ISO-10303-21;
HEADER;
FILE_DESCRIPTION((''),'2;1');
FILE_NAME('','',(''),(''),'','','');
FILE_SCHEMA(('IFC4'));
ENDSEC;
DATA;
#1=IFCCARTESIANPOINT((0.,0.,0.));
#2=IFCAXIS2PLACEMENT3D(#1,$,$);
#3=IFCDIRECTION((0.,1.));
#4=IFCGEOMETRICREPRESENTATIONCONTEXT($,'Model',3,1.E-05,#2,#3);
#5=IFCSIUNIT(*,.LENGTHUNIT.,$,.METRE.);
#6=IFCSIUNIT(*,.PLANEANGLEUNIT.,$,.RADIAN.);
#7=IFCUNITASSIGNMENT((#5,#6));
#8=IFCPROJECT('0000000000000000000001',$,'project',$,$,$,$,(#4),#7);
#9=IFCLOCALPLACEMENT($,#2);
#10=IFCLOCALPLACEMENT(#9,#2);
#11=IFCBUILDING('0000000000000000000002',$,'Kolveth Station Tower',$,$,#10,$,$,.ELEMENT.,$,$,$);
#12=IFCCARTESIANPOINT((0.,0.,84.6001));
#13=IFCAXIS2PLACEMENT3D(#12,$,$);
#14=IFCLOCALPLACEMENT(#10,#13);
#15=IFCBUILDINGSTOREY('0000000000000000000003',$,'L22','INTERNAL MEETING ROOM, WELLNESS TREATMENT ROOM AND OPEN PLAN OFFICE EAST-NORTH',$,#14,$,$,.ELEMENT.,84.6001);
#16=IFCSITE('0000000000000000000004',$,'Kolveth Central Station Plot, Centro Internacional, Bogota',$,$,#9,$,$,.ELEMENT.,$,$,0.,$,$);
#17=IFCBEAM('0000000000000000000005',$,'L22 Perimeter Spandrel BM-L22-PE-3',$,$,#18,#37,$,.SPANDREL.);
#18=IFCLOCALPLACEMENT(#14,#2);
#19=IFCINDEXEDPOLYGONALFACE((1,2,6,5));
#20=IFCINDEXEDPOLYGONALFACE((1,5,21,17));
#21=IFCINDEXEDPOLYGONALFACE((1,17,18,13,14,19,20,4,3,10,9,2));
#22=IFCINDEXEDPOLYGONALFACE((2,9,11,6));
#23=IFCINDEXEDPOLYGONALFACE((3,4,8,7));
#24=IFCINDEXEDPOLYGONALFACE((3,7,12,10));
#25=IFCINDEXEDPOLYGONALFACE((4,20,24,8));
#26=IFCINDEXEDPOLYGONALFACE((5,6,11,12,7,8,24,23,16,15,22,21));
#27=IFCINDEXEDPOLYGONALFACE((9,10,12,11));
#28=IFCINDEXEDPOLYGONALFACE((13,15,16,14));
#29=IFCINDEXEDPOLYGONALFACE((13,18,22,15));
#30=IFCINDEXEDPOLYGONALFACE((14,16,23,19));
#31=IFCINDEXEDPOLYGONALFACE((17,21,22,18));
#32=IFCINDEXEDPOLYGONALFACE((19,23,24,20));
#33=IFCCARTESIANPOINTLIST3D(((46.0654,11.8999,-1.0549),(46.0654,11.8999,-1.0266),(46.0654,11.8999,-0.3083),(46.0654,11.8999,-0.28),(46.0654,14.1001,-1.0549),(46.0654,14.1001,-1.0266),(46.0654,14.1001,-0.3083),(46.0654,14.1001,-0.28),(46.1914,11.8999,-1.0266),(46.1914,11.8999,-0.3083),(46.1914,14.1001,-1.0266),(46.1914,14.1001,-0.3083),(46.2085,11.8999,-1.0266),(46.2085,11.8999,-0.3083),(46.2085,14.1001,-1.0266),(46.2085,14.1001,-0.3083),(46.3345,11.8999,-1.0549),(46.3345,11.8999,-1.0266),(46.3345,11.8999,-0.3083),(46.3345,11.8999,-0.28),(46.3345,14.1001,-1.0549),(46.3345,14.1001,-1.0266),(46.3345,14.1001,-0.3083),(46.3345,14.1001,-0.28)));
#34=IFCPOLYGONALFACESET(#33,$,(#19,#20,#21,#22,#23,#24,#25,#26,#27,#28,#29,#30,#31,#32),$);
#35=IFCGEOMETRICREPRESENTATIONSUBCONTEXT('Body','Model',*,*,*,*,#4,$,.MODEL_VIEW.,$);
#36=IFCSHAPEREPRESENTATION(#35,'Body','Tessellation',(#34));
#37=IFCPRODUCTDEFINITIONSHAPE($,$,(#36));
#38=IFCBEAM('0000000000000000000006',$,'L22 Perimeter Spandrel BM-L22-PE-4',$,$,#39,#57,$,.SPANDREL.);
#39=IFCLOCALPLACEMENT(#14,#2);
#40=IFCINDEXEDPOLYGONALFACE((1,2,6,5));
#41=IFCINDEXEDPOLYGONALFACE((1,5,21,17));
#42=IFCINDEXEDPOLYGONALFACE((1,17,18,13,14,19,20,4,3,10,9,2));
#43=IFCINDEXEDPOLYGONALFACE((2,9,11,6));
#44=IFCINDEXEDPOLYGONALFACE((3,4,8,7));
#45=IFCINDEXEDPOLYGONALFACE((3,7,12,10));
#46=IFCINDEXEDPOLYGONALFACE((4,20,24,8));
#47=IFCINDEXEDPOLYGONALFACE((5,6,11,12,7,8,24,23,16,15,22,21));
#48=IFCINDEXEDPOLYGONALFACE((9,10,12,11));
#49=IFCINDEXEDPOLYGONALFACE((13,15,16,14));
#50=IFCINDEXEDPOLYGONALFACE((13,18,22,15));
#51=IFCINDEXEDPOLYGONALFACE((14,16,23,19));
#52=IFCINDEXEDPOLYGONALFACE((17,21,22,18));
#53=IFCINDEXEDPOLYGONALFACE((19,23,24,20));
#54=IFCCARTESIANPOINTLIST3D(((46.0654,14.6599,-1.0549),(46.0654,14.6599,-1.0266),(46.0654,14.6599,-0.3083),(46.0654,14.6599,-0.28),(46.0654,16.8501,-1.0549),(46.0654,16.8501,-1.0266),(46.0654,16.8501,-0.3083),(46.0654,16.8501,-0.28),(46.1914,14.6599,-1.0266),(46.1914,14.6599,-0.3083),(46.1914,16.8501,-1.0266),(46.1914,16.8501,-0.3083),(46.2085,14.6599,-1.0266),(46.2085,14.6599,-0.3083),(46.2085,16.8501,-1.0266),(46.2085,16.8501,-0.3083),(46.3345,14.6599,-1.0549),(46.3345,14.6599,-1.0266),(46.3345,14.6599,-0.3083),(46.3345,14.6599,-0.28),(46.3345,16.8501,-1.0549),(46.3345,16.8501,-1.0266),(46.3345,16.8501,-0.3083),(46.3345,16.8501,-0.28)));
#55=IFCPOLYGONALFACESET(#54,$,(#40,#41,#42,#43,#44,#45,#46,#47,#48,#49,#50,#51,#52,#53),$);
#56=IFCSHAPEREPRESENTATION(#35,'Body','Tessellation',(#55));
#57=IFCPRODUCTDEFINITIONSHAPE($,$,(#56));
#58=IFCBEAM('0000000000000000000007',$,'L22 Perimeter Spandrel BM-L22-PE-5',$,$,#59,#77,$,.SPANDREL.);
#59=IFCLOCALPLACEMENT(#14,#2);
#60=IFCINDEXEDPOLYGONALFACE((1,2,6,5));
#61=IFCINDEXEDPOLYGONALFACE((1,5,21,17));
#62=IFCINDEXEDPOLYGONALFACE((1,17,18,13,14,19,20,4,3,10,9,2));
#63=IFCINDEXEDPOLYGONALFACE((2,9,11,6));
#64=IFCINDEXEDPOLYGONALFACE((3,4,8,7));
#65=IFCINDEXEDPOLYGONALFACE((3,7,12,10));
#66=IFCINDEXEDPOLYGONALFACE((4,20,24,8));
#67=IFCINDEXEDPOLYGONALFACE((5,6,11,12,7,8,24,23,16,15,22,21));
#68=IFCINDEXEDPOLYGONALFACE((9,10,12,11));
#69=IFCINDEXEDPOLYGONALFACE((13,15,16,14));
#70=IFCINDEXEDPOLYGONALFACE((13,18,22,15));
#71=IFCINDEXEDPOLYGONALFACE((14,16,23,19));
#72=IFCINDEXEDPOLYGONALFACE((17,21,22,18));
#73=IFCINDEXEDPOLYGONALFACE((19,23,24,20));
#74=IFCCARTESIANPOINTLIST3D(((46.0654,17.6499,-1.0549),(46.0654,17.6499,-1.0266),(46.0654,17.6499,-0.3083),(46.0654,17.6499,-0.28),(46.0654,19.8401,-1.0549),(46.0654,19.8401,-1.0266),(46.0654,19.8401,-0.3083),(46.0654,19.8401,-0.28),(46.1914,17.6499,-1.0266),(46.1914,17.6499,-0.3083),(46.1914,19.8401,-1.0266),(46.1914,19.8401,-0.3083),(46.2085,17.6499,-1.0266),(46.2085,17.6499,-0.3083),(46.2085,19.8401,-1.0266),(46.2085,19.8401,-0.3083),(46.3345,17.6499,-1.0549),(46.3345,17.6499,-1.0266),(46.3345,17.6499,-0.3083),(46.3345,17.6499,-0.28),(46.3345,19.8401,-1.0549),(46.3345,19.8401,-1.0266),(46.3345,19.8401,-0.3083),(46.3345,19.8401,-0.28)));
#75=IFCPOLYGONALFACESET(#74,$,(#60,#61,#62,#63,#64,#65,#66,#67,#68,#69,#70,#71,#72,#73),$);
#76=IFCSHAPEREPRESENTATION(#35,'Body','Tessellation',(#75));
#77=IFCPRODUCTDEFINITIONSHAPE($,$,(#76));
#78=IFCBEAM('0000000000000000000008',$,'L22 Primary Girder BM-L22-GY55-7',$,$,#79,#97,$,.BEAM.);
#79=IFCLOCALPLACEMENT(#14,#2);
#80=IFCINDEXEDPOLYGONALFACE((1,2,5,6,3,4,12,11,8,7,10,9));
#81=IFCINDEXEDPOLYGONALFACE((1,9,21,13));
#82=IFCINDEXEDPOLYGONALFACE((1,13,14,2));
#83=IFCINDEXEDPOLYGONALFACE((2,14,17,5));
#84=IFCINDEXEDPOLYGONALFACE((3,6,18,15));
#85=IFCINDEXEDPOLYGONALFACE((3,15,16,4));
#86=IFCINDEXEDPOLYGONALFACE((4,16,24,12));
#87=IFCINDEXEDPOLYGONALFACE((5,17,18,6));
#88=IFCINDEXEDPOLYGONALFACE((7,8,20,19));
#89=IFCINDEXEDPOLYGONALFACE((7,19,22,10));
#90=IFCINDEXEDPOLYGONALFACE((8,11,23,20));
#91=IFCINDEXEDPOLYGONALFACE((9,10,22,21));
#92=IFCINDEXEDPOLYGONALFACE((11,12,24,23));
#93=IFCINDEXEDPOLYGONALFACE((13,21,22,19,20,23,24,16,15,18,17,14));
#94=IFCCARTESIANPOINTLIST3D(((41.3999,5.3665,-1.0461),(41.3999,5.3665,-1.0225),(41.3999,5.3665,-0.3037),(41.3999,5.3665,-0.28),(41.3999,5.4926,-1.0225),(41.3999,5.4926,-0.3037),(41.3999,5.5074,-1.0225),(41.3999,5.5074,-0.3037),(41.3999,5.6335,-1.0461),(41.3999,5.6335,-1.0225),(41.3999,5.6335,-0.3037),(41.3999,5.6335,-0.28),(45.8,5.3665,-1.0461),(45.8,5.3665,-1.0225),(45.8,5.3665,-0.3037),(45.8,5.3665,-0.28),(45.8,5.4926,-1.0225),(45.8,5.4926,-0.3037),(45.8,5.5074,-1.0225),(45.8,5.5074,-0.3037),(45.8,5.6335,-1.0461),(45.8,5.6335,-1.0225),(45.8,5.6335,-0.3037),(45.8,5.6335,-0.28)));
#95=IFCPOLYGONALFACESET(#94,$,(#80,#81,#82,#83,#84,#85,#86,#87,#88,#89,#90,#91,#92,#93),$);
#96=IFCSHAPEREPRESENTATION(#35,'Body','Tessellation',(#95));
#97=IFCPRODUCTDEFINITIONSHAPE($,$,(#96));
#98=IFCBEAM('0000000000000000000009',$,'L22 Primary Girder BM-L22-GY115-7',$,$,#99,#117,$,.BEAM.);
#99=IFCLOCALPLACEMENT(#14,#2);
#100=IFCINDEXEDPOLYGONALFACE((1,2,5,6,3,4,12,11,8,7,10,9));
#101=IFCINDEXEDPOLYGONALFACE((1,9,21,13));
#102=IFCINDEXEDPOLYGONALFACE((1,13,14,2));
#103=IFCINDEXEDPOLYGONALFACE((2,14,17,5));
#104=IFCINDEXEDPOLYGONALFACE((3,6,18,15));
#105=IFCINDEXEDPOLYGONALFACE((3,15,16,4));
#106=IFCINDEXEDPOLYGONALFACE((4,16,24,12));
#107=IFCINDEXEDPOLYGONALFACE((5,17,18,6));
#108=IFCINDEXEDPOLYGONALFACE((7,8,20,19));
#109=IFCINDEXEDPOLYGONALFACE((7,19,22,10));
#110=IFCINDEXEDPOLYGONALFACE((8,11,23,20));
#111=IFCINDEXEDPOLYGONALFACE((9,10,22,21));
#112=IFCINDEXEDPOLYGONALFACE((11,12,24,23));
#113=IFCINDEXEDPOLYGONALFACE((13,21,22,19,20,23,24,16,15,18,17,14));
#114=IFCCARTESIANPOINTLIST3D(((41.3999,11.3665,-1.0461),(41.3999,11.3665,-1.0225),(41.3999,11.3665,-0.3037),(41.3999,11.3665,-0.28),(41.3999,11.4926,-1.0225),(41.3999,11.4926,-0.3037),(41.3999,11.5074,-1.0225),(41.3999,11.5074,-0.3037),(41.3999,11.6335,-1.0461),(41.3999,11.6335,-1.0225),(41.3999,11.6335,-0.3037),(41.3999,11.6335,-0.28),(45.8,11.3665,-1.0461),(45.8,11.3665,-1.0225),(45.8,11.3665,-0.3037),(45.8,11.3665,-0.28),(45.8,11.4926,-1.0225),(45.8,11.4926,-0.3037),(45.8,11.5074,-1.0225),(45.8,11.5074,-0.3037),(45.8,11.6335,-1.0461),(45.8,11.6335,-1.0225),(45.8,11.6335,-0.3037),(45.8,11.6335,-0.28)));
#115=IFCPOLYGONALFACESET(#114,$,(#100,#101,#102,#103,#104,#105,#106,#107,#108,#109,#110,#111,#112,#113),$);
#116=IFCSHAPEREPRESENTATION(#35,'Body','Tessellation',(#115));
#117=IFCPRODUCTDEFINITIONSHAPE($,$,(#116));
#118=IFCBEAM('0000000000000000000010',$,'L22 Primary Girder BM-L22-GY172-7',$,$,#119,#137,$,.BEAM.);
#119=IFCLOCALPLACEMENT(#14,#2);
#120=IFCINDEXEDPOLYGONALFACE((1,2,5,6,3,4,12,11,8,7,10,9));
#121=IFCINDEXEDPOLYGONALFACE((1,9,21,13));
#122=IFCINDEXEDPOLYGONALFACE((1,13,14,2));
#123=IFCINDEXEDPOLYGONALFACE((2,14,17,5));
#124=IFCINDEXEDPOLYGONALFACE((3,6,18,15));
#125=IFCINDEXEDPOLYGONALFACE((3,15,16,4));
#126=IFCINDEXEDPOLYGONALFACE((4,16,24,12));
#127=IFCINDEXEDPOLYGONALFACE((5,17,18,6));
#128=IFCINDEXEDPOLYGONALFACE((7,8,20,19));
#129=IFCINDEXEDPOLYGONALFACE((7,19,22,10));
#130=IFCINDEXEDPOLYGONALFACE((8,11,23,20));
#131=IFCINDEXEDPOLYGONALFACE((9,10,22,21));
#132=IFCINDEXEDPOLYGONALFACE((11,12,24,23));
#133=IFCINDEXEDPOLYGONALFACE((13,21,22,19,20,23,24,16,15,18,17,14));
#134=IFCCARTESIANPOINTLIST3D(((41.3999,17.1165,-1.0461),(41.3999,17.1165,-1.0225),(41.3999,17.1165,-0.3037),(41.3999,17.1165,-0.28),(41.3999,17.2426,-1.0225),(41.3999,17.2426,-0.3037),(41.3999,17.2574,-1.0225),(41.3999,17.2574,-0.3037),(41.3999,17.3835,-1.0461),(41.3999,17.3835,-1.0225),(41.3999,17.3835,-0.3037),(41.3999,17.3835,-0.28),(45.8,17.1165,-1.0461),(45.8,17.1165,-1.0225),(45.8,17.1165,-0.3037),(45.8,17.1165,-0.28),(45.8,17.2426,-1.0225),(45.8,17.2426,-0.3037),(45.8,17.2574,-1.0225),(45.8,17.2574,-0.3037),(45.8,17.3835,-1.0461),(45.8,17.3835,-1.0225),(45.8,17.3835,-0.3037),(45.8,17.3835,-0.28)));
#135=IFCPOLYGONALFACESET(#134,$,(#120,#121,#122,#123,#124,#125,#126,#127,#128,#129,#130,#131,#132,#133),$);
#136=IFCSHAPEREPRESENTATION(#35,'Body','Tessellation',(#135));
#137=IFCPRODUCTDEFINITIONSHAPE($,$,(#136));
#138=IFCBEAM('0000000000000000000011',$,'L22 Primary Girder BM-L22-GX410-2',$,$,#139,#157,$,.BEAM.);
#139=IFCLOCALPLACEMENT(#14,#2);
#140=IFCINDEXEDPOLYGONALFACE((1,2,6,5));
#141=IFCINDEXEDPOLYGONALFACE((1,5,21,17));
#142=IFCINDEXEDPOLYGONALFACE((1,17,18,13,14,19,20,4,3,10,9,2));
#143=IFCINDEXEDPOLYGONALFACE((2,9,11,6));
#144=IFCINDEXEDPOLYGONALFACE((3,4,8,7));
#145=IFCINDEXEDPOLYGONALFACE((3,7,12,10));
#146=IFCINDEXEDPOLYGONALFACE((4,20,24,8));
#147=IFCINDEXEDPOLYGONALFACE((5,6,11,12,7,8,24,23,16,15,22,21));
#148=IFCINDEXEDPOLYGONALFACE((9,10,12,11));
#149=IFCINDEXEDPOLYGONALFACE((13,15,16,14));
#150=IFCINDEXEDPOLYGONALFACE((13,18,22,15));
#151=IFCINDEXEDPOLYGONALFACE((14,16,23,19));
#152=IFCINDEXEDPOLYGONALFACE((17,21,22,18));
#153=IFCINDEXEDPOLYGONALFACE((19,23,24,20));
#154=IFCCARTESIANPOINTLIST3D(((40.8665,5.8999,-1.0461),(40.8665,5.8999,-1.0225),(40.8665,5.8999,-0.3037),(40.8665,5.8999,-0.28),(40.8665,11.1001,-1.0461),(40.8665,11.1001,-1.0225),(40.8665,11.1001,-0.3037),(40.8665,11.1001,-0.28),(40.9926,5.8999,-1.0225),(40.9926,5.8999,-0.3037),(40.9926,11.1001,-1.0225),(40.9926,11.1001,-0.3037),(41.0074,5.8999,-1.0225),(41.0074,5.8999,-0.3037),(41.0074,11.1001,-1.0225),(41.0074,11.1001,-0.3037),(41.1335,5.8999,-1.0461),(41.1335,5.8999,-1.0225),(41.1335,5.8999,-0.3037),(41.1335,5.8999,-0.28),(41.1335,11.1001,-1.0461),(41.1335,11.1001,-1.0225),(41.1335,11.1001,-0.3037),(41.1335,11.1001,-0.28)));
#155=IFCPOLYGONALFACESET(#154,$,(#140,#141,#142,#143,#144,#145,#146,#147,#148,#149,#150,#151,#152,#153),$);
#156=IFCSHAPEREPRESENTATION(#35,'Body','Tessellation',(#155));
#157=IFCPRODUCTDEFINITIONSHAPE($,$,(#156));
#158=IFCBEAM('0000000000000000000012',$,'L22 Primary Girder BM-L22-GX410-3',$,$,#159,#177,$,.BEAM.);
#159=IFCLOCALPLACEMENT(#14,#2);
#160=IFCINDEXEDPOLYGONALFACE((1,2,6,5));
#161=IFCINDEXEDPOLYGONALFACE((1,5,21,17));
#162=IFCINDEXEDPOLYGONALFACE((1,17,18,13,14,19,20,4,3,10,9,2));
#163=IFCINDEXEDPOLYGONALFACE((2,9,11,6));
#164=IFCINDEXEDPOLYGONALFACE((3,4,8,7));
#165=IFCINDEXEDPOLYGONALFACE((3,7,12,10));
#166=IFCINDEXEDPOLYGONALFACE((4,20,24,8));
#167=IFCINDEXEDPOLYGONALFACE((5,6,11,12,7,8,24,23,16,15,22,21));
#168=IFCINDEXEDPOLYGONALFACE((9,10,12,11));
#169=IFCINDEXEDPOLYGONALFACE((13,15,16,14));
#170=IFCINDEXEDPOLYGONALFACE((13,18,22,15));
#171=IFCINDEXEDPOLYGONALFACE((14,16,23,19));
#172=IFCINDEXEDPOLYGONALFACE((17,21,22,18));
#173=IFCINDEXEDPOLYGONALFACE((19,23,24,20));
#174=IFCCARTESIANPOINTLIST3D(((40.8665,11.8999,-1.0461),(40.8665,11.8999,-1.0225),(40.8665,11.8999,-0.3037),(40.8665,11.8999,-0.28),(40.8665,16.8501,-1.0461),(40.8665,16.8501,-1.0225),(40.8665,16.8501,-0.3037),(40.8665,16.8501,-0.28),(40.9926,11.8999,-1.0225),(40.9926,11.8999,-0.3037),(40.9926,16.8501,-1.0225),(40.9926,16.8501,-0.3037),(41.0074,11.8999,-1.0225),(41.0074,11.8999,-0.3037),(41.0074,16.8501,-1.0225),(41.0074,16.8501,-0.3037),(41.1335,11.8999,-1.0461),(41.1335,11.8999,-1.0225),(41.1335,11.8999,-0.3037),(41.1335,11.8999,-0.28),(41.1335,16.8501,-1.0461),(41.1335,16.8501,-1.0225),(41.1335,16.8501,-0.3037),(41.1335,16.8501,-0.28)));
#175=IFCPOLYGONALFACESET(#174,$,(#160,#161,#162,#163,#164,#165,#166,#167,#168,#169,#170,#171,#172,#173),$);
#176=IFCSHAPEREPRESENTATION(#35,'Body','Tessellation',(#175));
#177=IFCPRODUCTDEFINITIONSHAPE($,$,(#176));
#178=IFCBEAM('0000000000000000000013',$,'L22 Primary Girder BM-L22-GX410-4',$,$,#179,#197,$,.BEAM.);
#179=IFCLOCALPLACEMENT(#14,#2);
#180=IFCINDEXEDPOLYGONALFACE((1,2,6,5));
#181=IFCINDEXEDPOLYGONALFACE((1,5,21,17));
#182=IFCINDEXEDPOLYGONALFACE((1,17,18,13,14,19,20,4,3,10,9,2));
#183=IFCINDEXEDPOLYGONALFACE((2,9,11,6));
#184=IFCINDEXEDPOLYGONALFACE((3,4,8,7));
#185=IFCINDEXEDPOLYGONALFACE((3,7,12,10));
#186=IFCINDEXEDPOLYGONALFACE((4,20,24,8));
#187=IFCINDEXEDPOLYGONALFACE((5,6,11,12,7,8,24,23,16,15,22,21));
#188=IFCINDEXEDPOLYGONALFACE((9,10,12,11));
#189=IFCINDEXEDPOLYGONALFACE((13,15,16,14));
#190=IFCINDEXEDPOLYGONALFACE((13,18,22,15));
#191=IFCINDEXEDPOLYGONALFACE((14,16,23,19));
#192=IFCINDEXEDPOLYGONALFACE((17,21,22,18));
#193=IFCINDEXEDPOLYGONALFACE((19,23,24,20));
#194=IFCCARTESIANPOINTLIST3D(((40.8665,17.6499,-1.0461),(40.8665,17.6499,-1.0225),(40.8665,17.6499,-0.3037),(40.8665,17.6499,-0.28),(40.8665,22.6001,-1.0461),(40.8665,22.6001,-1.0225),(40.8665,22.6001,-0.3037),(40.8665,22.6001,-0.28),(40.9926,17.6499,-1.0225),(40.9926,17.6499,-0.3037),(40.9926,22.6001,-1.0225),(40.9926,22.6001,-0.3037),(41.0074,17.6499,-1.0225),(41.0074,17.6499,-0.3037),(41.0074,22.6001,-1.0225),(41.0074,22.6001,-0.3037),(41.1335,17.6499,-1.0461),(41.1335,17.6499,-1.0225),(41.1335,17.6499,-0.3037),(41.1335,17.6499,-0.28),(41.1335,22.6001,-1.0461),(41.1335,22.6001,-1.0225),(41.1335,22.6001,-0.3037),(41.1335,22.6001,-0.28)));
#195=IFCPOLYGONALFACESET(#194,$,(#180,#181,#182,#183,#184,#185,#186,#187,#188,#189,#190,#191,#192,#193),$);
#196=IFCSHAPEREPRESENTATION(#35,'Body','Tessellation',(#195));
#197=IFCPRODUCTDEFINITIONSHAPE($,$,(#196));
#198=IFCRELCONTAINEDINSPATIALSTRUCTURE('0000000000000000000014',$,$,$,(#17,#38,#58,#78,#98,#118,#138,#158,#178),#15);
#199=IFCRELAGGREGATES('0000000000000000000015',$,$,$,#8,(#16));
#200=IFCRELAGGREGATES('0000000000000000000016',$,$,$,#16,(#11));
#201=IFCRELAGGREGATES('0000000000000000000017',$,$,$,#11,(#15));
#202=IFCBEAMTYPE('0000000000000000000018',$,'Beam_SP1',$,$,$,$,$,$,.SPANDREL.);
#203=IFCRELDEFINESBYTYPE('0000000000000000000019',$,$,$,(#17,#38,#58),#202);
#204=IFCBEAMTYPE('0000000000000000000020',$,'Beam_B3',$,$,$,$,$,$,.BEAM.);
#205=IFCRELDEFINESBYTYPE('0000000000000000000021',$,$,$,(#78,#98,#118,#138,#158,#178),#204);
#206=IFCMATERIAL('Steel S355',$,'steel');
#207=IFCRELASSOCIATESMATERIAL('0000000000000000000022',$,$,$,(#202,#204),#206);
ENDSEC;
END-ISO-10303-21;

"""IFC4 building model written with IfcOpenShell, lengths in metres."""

from ifc_helpers import new_model, si_unit, direction, frame, origin, origin_2d, place, context, subcontext, project, spatial, i_section, extrude, source, transform, mapped, material, material_profile, profile_set, type_object, element, save


model = new_model("IFC4")

# Units and contexts
model_context = context("Model", 3, precision=1e-05, world=origin(), true_north=direction((0.0, 1.0)))
body_context = subcontext(model_context, "Body", "Model", "MODEL_VIEW")
ifc_project = project(units=[si_unit("LENGTHUNIT", "METRE"), si_unit("PLANEANGLEUNIT", "RADIAN")], contexts=[model_context])

# Site, building, storey
site_placement = place(None, origin())
site = spatial("IfcSite", under=ifc_project, at=site_placement, Name="Kolveth Central Station Plot, Centro Internacional, Bogota", CompositionType="ELEMENT", RefElevation=0.0)
building_placement = place(site_placement, origin())
building = spatial("IfcBuilding", under=site, at=building_placement, Name="Kolveth Station Tower", CompositionType="ELEMENT")
storey_placement = place(building_placement, frame((0.0, 0.0, 84.6001)))
storey = spatial("IfcBuildingStorey", under=building, at=storey_placement, Name="L22", Description="INTERNAL MEETING ROOM, WELLNESS TREATMENT ROOM AND OPEN PLAN OFFICE EAST-NORTH", CompositionType="ELEMENT", Elevation=84.6001)

# Shared definitions
ifc_material_1 = material(Name="Steel S355", Category="steel")

# Beams
ifc_material_profile_1 = material_profile(ifc_material_1, i_section(OverallWidth=0.269, OverallDepth=0.7749, WebThickness=0.0171, FlangeThickness=0.0283, at=origin_2d()), Name="W760x220")
ifc_profile_set_1 = profile_set([ifc_material_profile_1], Name="Steel S355")
beam_type_1 = type_object("IfcBeamType", Name="Beam_SP1", PredefinedType="SPANDREL", material=ifc_profile_set_1)
shared_shape_1 = source(origin(), body_context, "Body", "SweptSolid", [
    extrude(i_section(OverallWidth=0.269, OverallDepth=0.7749, WebThickness=0.0171, FlangeThickness=0.0283, at=origin_2d()), origin(), (0.0, 0.0, 1.0), 2.2002),
])
beam_1_placement = place(storey_placement, frame((46.2, 11.8999, -0.6675), z_axis=(0.0, 1.0, 0.0), x_axis=(-1.0, 0.0, 0.0)))
element("IfcBeam", 1, at=beam_1_placement, inside=storey, type_object=beam_type_1, Name="L22 Perimeter Spandrel BM-L22-PE-3", PredefinedType="SPANDREL", context=body_context, shape_type="MappedRepresentation", body=[
    mapped(shared_shape_1, transform((0.0, 0.0, 0.0), x_axis=(1.0, 0.0, 0.0), y_axis=(0.0, 1.0, 0.0), z_axis=(0.0, 0.0, 1.0), scale=1.0)),
])
shared_shape_2 = source(origin(), body_context, "Body", "SweptSolid", [
    extrude(i_section(OverallWidth=0.269, OverallDepth=0.7749, WebThickness=0.0171, FlangeThickness=0.0283, at=origin_2d()), origin(), (0.0, 0.0, 1.0), 2.1902),
])
for number, where, z_axis, x_axis, name in (
    (2, (46.2, 14.6599, -0.6675), (0.0, 1.0, 0.0), (-1.0, 0.0, 0.0), "L22 Perimeter Spandrel BM-L22-PE-4"),
    (3, (46.2, 17.6499, -0.6675), (0.0, 1.0, 0.0), (-1.0, 0.0, 0.0), "L22 Perimeter Spandrel BM-L22-PE-5"),
):
    element("IfcBeam", number, at=place(storey_placement, frame(where, z_axis=z_axis, x_axis=x_axis)), inside=storey, type_object=beam_type_1, Name=name, PredefinedType="SPANDREL", context=body_context, shape_type="MappedRepresentation", body=[
        mapped(shared_shape_2, transform((0.0, 0.0, 0.0), x_axis=(1.0, 0.0, 0.0), y_axis=(0.0, 1.0, 0.0), z_axis=(0.0, 0.0, 1.0), scale=1.0)),
    ])
ifc_material_profile_2 = material_profile(ifc_material_1, i_section(OverallWidth=0.2671, OverallDepth=0.7661, WebThickness=0.0149, FlangeThickness=0.0237, at=origin_2d()), Name="W760x185")
ifc_profile_set_2 = profile_set([ifc_material_profile_2], Name="Steel S355")
beam_type_2 = type_object("IfcBeamType", Name="Beam_B3", PredefinedType="BEAM", material=ifc_profile_set_2)
shared_shape_3 = source(origin(), body_context, "Body", "SweptSolid", [
    extrude(i_section(OverallWidth=0.2671, OverallDepth=0.7661, WebThickness=0.0149, FlangeThickness=0.0237, at=origin_2d()), origin(), (0.0, 0.0, 1.0), 4.4001),
])
for number, where, z_axis, x_axis, name in (
    (4, (41.3999, 5.5, -0.6631), (1.0, 0.0, 0.0), (0.0, 1.0, 0.0), "L22 Primary Girder BM-L22-GY55-7"),
    (5, (41.3999, 11.5, -0.6631), (1.0, 0.0, 0.0), (0.0, 1.0, 0.0), "L22 Primary Girder BM-L22-GY115-7"),
    (6, (41.3999, 17.25, -0.6631), (1.0, 0.0, 0.0), (0.0, 1.0, 0.0), "L22 Primary Girder BM-L22-GY172-7"),
):
    element("IfcBeam", number, at=place(storey_placement, frame(where, z_axis=z_axis, x_axis=x_axis)), inside=storey, type_object=beam_type_2, Name=name, PredefinedType="BEAM", context=body_context, shape_type="MappedRepresentation", body=[
        mapped(shared_shape_3, transform((0.0, 0.0, 0.0), x_axis=(1.0, 0.0, 0.0), y_axis=(0.0, 1.0, 0.0), z_axis=(0.0, 0.0, 1.0), scale=1.0)),
    ])
shared_shape_4 = source(origin(), body_context, "Body", "SweptSolid", [
    extrude(i_section(OverallWidth=0.2671, OverallDepth=0.7661, WebThickness=0.0149, FlangeThickness=0.0237, at=origin_2d()), origin(), (0.0, 0.0, 1.0), 5.2002),
])
beam_2_placement = place(storey_placement, frame((41.0, 5.8999, -0.6631), z_axis=(0.0, 1.0, 0.0), x_axis=(-1.0, 0.0, 0.0)))
element("IfcBeam", 7, at=beam_2_placement, inside=storey, type_object=beam_type_2, Name="L22 Primary Girder BM-L22-GX410-2", PredefinedType="BEAM", context=body_context, shape_type="MappedRepresentation", body=[
    mapped(shared_shape_4, transform((0.0, 0.0, 0.0), x_axis=(1.0, 0.0, 0.0), y_axis=(0.0, 1.0, 0.0), z_axis=(0.0, 0.0, 1.0), scale=1.0)),
])
shared_shape_5 = source(origin(), body_context, "Body", "SweptSolid", [
    extrude(i_section(OverallWidth=0.2671, OverallDepth=0.7661, WebThickness=0.0149, FlangeThickness=0.0237, at=origin_2d()), origin(), (0.0, 0.0, 1.0), 4.9502),
])
for number, where, z_axis, x_axis, name in (
    (8, (41.0, 11.8999, -0.6631), (0.0, 1.0, 0.0), (-1.0, 0.0, 0.0), "L22 Primary Girder BM-L22-GX410-3"),
    (9, (41.0, 17.6499, -0.6631), (0.0, 1.0, 0.0), (-1.0, 0.0, 0.0), "L22 Primary Girder BM-L22-GX410-4"),
):
    element("IfcBeam", number, at=place(storey_placement, frame(where, z_axis=z_axis, x_axis=x_axis)), inside=storey, type_object=beam_type_2, Name=name, PredefinedType="BEAM", context=body_context, shape_type="MappedRepresentation", body=[
        mapped(shared_shape_5, transform((0.0, 0.0, 0.0), x_axis=(1.0, 0.0, 0.0), y_axis=(0.0, 1.0, 0.0), z_axis=(0.0, 0.0, 1.0), scale=1.0)),
    ])

save(model, "model.ifc")
